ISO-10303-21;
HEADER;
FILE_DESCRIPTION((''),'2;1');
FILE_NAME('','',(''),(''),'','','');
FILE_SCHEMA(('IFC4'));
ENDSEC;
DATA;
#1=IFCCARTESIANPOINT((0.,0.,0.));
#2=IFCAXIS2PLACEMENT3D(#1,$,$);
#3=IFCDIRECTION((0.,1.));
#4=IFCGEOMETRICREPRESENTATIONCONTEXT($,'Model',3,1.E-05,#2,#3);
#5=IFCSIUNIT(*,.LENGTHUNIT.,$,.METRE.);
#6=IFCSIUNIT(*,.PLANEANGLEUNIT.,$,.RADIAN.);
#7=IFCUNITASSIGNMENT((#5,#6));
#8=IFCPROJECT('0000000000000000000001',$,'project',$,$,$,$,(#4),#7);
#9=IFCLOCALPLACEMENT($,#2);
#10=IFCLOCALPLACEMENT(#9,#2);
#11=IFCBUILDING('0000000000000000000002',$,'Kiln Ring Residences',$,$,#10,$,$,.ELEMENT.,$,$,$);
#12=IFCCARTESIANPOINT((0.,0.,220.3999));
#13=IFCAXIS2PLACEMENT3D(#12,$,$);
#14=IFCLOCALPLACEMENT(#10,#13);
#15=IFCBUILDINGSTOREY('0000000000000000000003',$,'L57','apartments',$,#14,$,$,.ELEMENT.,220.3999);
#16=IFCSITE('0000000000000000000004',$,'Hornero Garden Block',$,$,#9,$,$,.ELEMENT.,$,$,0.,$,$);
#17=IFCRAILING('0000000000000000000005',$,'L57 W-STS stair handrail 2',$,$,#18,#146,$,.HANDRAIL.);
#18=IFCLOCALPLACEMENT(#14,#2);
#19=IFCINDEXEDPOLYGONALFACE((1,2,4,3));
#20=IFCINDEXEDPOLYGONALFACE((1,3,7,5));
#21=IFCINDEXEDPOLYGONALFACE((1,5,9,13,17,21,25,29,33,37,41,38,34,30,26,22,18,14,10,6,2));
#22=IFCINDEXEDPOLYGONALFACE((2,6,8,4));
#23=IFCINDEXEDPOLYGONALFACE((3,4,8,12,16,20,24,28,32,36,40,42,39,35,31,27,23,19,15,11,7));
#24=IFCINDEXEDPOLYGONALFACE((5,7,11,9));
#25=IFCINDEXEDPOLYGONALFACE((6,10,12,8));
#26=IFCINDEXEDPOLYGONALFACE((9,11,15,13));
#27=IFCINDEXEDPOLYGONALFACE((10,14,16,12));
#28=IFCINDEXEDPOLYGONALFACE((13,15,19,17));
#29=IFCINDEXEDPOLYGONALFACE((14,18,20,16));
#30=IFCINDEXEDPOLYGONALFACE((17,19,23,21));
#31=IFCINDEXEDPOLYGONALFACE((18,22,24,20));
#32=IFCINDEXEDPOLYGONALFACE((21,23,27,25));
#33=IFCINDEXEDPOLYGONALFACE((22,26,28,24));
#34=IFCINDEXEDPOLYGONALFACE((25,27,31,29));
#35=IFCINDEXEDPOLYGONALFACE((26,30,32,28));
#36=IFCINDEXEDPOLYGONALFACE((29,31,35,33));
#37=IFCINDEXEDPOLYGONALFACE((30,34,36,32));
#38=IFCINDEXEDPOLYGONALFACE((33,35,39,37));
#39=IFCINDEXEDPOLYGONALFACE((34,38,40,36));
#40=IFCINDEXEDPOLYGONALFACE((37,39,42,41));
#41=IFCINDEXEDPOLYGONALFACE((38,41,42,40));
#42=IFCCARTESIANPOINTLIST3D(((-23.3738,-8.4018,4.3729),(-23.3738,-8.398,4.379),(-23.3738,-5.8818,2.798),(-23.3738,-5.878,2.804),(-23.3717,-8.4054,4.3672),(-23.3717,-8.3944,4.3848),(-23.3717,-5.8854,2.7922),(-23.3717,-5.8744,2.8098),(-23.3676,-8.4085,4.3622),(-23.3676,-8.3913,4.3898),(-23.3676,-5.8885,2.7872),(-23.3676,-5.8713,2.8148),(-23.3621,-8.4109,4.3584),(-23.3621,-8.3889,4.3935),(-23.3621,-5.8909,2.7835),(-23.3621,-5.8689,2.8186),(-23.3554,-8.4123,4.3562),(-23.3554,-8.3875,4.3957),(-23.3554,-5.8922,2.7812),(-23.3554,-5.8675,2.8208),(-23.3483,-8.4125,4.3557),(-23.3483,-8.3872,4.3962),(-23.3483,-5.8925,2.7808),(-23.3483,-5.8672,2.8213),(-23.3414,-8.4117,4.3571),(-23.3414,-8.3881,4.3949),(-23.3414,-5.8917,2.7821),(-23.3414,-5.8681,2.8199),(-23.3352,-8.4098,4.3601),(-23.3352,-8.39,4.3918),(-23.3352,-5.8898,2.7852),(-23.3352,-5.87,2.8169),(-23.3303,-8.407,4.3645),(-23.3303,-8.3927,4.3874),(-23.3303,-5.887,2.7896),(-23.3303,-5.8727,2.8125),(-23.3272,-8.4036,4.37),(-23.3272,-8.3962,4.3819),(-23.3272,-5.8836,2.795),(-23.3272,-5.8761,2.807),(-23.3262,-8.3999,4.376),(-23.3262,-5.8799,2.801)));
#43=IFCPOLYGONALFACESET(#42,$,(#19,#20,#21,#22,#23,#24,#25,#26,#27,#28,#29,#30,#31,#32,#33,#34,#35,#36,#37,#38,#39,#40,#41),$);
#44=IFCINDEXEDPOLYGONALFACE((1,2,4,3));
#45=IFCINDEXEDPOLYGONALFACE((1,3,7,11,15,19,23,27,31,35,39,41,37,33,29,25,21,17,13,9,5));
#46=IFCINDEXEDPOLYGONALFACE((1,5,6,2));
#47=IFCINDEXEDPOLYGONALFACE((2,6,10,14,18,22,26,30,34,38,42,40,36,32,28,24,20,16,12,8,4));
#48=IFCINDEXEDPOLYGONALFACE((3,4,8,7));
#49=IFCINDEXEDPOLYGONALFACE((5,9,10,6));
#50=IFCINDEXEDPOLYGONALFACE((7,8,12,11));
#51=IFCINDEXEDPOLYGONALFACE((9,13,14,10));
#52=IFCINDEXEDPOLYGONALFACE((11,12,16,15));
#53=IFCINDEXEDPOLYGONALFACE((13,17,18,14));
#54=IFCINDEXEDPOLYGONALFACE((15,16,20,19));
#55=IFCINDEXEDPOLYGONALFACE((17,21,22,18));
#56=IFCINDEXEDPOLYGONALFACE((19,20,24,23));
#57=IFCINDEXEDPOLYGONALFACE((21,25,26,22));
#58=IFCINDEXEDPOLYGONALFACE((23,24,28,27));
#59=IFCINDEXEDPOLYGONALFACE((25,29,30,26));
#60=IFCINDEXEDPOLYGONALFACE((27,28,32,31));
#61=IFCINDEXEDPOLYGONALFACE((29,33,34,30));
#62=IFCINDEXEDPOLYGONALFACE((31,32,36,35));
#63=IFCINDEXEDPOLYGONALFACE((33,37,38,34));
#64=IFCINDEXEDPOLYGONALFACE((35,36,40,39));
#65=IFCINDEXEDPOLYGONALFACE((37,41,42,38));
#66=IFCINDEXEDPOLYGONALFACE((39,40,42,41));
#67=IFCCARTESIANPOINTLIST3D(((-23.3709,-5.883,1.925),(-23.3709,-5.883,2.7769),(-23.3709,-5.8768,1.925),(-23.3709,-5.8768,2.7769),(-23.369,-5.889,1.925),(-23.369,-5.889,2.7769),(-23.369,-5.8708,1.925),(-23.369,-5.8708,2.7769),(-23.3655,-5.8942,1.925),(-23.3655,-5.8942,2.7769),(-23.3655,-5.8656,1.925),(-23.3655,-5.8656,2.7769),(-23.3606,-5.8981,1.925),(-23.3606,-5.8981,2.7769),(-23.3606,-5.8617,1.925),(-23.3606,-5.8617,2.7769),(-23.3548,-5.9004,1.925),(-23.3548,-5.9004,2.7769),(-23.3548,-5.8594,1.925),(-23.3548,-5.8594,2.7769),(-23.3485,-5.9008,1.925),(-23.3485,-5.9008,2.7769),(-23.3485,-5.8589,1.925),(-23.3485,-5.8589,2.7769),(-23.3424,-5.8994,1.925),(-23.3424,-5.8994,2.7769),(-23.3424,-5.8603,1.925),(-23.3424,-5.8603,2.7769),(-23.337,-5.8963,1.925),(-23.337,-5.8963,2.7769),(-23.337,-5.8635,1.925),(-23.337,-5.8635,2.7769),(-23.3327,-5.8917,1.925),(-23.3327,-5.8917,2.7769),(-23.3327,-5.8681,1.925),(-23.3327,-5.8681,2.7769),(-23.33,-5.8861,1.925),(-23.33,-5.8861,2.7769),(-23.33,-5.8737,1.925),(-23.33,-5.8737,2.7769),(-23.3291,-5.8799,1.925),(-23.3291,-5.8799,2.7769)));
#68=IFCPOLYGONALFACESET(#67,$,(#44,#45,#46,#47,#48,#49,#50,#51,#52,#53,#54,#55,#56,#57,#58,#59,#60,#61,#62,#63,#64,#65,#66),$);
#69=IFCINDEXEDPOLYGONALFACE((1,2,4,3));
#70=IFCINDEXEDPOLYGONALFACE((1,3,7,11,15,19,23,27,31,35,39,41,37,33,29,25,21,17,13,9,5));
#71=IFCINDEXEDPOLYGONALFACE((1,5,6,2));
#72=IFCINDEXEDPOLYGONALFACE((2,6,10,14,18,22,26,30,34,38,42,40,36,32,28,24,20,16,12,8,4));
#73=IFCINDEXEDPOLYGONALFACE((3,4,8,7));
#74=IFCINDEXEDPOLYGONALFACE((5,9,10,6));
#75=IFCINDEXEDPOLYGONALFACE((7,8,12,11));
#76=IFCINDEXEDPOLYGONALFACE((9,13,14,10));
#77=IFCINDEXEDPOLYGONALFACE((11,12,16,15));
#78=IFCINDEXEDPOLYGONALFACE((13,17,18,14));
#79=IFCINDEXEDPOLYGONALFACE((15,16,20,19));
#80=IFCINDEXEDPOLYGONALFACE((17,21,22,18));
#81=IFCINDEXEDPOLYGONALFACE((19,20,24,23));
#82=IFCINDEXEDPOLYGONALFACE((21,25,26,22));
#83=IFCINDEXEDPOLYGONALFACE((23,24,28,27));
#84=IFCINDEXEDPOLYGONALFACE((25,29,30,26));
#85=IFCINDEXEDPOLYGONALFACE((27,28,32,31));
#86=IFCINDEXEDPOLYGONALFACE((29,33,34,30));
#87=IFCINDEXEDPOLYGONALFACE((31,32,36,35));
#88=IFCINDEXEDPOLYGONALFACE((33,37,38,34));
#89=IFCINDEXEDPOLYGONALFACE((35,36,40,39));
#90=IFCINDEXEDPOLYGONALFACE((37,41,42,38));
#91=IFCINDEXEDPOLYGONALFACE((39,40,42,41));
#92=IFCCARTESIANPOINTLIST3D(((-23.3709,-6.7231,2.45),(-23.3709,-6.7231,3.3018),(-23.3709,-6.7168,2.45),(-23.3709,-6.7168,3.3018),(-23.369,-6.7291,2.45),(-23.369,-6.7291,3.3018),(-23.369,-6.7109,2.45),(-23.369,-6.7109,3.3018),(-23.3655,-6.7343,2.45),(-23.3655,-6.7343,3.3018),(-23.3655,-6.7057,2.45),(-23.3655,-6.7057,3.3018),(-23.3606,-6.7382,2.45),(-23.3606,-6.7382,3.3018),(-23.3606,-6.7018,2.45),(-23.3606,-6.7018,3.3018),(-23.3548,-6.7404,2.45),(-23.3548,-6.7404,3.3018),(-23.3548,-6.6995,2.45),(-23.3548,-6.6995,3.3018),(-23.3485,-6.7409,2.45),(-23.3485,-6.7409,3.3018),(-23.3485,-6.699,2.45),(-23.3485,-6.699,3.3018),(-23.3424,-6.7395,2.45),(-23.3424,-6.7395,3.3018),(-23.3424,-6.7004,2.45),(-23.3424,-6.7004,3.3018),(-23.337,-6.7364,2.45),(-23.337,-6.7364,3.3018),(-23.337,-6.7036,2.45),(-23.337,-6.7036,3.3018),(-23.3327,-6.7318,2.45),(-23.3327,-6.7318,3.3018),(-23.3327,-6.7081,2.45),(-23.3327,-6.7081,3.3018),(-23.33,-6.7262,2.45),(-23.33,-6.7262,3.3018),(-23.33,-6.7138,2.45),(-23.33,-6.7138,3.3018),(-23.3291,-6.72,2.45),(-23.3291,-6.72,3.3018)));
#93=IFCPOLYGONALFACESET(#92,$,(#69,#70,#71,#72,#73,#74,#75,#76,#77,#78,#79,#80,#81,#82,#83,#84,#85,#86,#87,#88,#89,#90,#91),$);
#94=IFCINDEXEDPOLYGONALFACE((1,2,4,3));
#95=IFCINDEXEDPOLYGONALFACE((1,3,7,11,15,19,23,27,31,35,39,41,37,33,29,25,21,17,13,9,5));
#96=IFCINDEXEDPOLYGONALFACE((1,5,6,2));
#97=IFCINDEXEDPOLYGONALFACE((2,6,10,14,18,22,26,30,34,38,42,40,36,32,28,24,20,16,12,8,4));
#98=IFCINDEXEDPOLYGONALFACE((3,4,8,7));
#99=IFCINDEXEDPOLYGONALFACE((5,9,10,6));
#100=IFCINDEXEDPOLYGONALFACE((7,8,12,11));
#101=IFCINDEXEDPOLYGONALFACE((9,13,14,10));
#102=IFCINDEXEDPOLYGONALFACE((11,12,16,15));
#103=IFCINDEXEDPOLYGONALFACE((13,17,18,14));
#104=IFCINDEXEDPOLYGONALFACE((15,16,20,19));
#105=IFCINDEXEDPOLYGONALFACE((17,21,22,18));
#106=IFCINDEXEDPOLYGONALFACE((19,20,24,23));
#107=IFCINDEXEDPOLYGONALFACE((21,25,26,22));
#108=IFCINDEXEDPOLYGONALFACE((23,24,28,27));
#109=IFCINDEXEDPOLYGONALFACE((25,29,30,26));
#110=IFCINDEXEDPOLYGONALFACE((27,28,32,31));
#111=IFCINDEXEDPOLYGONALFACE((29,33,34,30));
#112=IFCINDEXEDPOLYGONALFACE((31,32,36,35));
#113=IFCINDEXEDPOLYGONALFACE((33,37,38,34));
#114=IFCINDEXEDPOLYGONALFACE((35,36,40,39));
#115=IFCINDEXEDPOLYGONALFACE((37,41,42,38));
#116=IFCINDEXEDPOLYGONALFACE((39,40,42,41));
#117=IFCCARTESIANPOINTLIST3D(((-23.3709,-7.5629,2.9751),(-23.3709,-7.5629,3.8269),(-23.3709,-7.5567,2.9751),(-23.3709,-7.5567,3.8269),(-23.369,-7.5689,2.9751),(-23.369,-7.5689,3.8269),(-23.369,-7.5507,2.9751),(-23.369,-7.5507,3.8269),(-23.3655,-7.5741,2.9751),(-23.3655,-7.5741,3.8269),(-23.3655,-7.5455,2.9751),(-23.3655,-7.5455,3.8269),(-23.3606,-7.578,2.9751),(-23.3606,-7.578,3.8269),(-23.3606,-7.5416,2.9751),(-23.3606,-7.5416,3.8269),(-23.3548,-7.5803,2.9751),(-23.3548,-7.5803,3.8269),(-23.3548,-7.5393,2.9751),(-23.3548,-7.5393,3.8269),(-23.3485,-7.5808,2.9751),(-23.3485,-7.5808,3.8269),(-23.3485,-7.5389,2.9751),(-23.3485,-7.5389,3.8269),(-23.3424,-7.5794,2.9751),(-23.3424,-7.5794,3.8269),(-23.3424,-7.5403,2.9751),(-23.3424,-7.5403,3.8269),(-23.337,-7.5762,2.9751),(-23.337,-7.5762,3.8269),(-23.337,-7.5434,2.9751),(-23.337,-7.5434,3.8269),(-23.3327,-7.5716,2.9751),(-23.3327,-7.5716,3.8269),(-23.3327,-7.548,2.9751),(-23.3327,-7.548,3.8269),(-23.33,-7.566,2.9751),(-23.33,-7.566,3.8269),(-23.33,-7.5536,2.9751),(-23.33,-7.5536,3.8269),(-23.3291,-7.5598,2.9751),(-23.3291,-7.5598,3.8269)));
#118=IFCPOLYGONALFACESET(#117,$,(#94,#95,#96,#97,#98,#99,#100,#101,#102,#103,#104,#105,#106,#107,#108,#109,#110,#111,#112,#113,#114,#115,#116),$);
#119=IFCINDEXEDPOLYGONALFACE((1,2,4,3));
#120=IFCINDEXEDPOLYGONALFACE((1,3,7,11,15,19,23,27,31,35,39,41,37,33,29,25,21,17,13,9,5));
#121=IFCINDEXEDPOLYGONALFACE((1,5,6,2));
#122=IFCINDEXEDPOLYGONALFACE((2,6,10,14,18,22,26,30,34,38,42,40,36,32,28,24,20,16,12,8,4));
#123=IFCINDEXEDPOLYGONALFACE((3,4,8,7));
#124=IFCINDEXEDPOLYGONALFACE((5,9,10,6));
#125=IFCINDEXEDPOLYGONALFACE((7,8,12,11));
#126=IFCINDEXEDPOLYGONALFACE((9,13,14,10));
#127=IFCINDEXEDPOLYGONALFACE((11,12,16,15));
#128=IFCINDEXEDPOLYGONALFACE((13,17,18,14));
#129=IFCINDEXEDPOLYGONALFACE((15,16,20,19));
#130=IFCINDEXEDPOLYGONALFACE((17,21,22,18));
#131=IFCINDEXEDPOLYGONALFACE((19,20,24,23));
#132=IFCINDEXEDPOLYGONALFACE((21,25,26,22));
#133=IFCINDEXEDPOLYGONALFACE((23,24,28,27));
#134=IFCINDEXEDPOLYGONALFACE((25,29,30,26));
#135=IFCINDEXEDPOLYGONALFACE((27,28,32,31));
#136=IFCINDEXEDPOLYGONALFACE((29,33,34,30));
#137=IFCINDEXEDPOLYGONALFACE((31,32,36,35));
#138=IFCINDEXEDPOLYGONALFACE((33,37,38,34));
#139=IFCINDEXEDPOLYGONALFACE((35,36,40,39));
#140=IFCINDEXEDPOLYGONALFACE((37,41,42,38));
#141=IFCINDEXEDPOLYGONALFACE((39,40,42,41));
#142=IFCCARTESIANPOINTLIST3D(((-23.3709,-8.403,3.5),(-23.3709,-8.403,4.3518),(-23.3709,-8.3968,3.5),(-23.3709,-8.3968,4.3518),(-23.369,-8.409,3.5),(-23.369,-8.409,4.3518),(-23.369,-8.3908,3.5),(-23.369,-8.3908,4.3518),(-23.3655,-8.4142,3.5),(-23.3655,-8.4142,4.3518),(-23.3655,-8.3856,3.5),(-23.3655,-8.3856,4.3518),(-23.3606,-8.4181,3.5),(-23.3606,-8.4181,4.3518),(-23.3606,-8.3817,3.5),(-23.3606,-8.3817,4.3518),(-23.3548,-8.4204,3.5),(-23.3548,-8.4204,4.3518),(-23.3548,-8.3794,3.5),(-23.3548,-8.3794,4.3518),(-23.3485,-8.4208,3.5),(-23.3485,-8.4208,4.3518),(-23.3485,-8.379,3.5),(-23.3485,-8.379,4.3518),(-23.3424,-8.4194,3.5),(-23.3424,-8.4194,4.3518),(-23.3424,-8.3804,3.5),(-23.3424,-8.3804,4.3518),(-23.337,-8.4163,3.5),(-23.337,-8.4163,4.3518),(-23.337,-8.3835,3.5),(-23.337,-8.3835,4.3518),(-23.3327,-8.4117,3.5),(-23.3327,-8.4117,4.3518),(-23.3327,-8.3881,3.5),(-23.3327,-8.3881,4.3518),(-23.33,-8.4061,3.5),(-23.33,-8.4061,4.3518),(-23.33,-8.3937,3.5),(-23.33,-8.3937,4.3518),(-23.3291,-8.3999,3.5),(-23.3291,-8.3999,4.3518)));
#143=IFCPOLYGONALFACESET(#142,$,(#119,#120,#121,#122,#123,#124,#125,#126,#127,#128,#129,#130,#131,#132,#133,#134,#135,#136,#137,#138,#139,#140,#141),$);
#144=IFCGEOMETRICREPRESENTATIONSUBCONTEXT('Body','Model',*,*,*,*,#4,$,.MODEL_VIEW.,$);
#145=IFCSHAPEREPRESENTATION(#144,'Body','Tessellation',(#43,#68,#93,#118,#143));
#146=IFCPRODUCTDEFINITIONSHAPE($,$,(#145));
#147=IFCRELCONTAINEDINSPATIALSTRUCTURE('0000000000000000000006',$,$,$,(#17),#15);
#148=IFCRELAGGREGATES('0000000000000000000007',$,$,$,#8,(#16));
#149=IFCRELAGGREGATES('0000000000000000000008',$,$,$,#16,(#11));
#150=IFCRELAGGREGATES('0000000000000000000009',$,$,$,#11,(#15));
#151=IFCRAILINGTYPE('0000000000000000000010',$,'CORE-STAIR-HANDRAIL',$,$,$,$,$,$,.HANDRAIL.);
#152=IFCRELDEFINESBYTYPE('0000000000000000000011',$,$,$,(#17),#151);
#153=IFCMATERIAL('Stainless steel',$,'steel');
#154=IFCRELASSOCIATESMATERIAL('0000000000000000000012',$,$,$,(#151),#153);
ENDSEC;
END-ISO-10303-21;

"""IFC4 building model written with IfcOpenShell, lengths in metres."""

from ifc_helpers import new_model, si_unit, direction, frame, origin, origin_2d, place, context, subcontext, project, spatial, circle, extrude, material, type_object, element, save


model = new_model("IFC4")

# Units and contexts
model_context = context("Model", 3, precision=1e-05, world=origin(), true_north=direction((0.0, 1.0)))
body_context = subcontext(model_context, "Body", "Model", "MODEL_VIEW")
ifc_project = project(units=[si_unit("LENGTHUNIT", "METRE"), si_unit("PLANEANGLEUNIT", "RADIAN")], contexts=[model_context])

# Site, building, storey
site_placement = place(None, origin())
site = spatial("IfcSite", under=ifc_project, at=site_placement, Name="Hornero Garden Block", CompositionType="ELEMENT", RefElevation=0.0)
building_placement = place(site_placement, origin())
building = spatial("IfcBuilding", under=site, at=building_placement, Name="Kiln Ring Residences", CompositionType="ELEMENT")
storey_placement = place(building_placement, frame((0.0, 0.0, 220.3999)))
storey = spatial("IfcBuildingStorey", under=building, at=storey_placement, Name="L57", Description="apartments", CompositionType="ELEMENT", Elevation=220.3999)

# Railing
ifc_material_1 = material(Name="Stainless steel", Category="steel")
railing_type_1 = type_object("IfcRailingType", Name="CORE-STAIR-HANDRAIL", PredefinedType="HANDRAIL", material=ifc_material_1)
railing_1_placement = place(storey_placement, frame((-23.3501, -5.8799, 1.925)))
element("IfcRailing", 1, at=railing_1_placement, inside=storey, type_object=railing_type_1, Name="L57 W-STS stair handrail 2", PredefinedType="HANDRAIL", context=body_context, shape_type="SweptSolid", body=[
    extrude(circle(Radius=0.0239, at=origin_2d()), frame((0.0, 0.0, 0.876), z_axis=(0.0, -0.848008, 0.529984), x_axis=(1.0, 0.0, 0.0)), (0.0, 0.0, 1.0), 2.9717),
    extrude(circle(Radius=0.021, at=origin_2d()), origin(), (0.0, 0.0, 1.0), 0.8518),
    extrude(circle(Radius=0.021, at=origin_2d()), frame((0.0, -0.8401, 0.5249)), (0.0, 0.0, 1.0), 0.8518),
    extrude(circle(Radius=0.021, at=origin_2d()), frame((0.0, -1.6799, 1.05)), (0.0, 0.0, 1.0), 0.8518),
    extrude(circle(Radius=0.021, at=origin_2d()), frame((0.0, -2.52, 1.575)), (0.0, 0.0, 1.0), 0.8518),
])

save(model, "model.ifc")
